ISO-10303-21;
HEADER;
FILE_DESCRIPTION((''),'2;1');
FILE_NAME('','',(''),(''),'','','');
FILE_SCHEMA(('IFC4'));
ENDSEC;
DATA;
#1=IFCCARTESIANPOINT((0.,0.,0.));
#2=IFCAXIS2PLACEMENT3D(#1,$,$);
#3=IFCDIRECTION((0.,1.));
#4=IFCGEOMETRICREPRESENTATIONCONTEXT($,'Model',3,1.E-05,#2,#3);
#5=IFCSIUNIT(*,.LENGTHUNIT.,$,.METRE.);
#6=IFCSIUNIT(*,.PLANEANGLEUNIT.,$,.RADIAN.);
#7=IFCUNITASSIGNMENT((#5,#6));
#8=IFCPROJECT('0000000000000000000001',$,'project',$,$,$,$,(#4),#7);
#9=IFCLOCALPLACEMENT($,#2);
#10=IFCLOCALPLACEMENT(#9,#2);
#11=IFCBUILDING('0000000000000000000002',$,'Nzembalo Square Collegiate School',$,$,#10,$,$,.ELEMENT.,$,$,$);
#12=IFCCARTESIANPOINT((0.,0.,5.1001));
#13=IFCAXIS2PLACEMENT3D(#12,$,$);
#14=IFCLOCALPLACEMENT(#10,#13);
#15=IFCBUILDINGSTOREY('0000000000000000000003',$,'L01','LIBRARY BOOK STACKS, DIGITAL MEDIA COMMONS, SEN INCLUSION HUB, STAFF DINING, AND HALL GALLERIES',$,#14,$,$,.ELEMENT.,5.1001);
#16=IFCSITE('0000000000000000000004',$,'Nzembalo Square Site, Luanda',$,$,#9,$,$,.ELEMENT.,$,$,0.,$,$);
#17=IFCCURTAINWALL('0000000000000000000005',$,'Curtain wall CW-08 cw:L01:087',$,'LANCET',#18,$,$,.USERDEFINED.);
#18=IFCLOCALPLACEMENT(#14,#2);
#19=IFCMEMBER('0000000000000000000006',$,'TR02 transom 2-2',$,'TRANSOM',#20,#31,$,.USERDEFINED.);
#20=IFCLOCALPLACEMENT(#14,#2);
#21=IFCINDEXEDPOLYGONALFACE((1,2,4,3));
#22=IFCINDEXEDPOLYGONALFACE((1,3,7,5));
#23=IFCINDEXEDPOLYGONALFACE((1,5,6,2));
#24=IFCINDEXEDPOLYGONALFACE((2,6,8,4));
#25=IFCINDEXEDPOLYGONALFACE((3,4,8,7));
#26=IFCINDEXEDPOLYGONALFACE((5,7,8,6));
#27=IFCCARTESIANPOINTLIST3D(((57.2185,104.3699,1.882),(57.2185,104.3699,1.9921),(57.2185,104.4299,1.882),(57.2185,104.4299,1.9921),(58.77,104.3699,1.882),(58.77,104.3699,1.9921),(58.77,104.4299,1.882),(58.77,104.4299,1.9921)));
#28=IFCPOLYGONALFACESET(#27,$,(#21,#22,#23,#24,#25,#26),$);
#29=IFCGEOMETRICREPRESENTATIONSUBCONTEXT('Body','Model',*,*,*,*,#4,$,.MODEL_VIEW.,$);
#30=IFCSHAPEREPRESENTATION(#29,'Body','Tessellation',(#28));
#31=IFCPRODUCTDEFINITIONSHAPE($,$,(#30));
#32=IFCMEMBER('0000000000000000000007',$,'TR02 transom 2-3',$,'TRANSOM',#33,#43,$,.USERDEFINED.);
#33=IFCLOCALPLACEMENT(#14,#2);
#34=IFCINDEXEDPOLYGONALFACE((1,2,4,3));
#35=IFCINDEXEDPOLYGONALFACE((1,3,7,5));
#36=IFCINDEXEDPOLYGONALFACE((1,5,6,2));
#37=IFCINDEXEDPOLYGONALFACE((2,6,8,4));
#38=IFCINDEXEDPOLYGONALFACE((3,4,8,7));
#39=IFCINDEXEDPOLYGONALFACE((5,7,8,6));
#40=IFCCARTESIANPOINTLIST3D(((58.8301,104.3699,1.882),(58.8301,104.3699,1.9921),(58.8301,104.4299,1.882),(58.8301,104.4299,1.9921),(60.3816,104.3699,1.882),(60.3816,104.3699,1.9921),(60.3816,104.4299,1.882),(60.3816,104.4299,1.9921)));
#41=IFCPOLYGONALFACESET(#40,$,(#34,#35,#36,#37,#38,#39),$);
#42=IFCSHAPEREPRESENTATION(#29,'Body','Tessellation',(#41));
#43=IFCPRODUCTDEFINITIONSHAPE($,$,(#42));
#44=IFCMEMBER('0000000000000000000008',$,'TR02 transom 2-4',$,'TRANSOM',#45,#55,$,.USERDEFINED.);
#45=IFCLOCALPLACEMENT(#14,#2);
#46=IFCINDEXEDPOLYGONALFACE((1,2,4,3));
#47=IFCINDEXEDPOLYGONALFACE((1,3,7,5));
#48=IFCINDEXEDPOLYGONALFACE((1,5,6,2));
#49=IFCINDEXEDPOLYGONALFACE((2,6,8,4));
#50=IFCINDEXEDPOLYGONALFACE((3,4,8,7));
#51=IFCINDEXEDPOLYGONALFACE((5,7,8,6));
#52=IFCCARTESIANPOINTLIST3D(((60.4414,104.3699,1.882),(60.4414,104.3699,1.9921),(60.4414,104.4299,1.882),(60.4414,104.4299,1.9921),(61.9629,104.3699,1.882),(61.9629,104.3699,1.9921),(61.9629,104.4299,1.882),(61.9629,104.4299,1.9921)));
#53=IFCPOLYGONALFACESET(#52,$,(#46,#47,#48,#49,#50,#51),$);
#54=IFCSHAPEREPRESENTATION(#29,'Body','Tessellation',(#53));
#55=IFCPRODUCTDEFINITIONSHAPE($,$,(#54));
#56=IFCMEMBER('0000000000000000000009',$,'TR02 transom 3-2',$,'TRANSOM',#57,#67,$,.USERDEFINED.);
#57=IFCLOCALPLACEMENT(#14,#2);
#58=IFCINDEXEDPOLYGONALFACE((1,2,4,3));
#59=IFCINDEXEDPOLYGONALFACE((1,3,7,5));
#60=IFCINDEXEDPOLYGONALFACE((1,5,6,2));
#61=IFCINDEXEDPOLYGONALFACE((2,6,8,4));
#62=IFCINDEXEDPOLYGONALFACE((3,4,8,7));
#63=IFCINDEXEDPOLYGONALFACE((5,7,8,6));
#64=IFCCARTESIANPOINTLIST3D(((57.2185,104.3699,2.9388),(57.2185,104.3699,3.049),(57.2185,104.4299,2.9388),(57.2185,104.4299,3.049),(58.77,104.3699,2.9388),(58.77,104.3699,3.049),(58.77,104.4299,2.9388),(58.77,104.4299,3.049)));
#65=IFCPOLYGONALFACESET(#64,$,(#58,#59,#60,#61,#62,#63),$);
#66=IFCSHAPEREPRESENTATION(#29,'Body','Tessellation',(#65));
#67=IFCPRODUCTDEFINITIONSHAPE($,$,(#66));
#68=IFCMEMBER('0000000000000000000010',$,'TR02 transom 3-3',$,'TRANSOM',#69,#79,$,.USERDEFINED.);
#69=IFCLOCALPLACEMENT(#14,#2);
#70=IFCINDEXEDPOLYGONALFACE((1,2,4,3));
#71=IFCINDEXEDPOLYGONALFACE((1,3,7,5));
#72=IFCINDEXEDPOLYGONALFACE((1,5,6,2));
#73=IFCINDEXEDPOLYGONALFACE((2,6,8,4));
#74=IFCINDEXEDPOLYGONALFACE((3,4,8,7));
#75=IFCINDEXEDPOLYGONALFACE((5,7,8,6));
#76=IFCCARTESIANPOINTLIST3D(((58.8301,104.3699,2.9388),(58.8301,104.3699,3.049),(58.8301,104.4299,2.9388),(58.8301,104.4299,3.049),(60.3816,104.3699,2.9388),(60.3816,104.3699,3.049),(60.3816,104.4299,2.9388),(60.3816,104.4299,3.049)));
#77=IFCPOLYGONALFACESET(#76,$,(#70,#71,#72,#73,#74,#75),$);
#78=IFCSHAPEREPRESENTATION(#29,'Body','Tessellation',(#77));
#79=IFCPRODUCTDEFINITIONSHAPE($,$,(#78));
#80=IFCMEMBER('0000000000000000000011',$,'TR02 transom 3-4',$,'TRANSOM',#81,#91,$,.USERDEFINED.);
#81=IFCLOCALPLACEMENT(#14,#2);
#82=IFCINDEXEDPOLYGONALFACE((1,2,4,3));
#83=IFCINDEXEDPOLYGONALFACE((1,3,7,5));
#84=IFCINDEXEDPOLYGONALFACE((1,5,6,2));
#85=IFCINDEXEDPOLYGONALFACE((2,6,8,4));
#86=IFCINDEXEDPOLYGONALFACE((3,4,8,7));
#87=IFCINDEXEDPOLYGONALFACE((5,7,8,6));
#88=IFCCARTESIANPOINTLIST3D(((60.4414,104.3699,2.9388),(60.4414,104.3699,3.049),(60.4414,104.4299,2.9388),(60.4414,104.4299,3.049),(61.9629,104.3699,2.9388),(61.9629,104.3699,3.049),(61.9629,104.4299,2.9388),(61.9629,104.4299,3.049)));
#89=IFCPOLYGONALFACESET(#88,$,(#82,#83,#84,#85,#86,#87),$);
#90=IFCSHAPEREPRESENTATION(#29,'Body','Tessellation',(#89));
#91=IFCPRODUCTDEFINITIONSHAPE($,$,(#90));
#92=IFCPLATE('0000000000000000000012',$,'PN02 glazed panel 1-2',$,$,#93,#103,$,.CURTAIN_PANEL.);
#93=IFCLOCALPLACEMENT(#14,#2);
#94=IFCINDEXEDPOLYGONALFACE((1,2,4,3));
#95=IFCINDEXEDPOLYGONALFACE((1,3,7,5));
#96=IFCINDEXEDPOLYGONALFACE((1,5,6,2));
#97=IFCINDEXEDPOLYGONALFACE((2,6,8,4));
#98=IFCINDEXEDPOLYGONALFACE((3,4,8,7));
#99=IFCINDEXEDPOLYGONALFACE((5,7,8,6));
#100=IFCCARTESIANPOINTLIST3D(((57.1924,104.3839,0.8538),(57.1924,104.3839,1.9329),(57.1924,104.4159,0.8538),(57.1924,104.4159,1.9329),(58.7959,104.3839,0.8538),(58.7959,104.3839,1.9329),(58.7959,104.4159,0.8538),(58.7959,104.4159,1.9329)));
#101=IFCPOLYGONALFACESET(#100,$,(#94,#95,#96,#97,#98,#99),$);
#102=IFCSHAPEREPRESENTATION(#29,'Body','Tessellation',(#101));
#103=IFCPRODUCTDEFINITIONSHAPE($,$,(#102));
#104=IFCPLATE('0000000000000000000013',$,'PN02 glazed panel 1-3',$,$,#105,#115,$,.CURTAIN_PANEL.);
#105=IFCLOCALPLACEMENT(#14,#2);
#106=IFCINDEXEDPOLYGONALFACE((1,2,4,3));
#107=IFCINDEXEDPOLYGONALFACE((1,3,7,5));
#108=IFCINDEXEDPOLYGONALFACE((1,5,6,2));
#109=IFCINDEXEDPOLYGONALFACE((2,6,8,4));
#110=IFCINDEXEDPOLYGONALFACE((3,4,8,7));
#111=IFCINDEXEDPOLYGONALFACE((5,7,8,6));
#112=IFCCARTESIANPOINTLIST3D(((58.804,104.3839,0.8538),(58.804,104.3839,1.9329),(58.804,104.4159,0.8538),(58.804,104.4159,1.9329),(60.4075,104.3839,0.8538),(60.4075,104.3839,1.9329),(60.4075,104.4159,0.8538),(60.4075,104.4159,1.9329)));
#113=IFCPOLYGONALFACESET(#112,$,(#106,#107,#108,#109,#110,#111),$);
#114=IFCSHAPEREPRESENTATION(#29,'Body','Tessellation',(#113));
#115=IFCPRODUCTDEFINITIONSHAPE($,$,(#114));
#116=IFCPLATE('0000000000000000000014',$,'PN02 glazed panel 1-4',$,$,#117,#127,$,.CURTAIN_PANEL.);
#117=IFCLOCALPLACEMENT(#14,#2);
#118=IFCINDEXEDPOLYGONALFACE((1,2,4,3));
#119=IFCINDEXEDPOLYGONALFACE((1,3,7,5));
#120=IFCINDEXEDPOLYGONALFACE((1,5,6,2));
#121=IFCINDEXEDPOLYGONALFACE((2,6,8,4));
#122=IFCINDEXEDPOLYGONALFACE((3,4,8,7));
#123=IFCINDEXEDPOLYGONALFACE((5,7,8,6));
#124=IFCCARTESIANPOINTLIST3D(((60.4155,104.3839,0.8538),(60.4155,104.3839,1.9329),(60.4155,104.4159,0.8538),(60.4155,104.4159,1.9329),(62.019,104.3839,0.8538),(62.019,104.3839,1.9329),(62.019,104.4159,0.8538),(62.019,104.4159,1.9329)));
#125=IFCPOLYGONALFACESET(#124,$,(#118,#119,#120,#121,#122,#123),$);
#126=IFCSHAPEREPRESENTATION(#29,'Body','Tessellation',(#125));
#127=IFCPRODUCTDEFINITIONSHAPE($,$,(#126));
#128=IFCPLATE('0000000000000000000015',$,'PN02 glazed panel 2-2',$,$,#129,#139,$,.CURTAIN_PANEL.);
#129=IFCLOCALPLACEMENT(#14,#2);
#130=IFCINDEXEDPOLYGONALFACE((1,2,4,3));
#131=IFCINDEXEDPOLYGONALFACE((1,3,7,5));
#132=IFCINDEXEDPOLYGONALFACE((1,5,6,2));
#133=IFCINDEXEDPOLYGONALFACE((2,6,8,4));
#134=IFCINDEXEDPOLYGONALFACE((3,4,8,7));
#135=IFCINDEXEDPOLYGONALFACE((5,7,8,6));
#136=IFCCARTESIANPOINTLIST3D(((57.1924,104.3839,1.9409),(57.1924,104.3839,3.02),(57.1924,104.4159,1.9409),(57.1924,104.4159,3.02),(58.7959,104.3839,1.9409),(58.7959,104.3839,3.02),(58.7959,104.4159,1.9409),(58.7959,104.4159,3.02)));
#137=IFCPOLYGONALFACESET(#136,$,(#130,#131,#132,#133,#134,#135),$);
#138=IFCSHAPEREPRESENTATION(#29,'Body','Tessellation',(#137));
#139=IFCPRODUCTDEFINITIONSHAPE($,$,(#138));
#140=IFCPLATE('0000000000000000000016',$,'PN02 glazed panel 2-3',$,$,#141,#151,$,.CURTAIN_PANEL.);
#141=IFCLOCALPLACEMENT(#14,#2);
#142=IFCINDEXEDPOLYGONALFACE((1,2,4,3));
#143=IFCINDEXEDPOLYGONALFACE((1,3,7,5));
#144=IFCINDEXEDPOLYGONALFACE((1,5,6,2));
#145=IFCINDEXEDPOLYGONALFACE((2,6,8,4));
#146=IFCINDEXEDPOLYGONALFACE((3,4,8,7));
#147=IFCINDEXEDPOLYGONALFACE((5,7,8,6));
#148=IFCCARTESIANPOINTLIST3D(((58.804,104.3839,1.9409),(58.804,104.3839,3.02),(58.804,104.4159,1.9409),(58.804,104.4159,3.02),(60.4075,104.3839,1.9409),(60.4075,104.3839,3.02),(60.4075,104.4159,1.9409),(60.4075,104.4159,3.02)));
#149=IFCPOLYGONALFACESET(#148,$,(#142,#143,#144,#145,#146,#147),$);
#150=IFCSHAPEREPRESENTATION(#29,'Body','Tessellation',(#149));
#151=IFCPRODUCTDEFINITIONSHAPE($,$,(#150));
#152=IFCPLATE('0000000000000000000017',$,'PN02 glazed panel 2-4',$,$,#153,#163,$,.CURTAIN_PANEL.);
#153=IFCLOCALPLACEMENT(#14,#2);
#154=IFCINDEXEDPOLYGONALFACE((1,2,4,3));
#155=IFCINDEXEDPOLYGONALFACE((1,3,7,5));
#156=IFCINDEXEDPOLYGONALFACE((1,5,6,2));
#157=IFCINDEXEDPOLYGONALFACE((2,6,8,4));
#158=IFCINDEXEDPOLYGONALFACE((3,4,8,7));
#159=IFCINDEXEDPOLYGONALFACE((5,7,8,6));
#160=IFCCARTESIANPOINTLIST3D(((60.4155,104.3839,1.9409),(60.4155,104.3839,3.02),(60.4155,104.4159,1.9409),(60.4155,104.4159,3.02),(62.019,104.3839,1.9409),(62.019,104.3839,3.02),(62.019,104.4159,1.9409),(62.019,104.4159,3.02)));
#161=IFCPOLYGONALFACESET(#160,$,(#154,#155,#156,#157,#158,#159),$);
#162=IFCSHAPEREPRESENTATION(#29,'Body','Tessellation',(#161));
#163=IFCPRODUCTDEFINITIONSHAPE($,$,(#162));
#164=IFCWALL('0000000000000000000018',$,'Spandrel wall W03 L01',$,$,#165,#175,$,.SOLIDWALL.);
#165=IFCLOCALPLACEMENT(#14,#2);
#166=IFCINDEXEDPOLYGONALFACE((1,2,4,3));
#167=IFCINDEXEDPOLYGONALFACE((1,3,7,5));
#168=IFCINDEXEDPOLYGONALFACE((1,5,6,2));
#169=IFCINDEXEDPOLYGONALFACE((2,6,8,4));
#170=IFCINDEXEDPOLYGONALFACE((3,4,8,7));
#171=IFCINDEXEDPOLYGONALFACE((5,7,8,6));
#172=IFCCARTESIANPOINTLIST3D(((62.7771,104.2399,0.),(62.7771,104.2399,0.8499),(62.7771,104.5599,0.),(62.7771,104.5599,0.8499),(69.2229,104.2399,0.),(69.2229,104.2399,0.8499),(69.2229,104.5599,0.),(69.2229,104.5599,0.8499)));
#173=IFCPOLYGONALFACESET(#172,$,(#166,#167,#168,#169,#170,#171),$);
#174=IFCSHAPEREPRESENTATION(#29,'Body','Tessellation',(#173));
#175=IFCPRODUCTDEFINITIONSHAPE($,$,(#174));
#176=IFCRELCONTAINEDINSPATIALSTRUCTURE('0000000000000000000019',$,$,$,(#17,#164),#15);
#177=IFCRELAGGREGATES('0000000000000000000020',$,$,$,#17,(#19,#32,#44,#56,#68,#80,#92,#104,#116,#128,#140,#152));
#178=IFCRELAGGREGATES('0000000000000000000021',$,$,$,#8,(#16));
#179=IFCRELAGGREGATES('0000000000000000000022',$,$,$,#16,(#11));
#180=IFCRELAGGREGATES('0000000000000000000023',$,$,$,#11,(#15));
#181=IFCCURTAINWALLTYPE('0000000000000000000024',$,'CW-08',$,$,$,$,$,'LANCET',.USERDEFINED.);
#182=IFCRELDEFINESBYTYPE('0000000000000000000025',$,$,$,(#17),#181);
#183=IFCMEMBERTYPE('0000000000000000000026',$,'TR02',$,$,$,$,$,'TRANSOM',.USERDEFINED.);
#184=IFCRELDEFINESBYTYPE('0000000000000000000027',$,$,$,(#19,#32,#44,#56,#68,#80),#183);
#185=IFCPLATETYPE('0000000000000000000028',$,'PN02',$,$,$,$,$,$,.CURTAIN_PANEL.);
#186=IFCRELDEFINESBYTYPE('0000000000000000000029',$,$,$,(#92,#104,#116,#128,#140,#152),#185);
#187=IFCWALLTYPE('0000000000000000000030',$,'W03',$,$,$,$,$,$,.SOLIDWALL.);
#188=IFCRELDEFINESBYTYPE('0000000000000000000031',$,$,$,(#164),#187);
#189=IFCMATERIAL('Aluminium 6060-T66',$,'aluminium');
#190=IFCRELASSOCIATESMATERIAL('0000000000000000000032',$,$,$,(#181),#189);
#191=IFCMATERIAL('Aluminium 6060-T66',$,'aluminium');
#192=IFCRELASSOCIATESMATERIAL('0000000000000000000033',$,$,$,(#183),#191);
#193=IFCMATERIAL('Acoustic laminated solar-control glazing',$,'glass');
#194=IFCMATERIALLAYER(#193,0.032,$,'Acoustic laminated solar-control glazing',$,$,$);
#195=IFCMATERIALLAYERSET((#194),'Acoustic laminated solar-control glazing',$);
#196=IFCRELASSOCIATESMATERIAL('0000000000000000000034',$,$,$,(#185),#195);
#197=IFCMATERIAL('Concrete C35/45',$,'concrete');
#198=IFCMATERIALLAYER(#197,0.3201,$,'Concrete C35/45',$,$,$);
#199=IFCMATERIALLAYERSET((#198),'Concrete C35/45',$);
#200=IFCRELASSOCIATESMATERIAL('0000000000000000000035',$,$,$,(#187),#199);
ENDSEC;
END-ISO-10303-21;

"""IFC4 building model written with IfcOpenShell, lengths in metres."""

from ifc_helpers import new_model, si_unit, direction, frame, frame_2d, origin, origin_2d, place, context, subcontext, project, spatial, rectangle, extrude, material, layer, layer_set, material_profile, profile_set, type_object, element, aggregate, save


model = new_model("IFC4")

# Units and contexts
model_context = context("Model", 3, precision=1e-05, world=origin(), true_north=direction((0.0, 1.0)))
body_context = subcontext(model_context, "Body", "Model", "MODEL_VIEW")
ifc_project = project(units=[si_unit("LENGTHUNIT", "METRE"), si_unit("PLANEANGLEUNIT", "RADIAN")], contexts=[model_context])

# Site, building, storey
site_placement = place(None, origin())
site = spatial("IfcSite", under=ifc_project, at=site_placement, Name="Nzembalo Square Site, Luanda", CompositionType="ELEMENT", RefElevation=0.0)
building_placement = place(site_placement, origin())
building = spatial("IfcBuilding", under=site, at=building_placement, Name="Nzembalo Square Collegiate School", CompositionType="ELEMENT")
storey_placement = place(building_placement, frame((0.0, 0.0, 5.1001)))
storey = spatial("IfcBuildingStorey", under=building, at=storey_placement, Name="L01", Description="LIBRARY BOOK STACKS, DIGITAL MEDIA COMMONS, SEN INCLUSION HUB, STAFF DINING, AND HALL GALLERIES", CompositionType="ELEMENT", Elevation=5.1001)

# Curtain wall
ifc_material_1 = material(Name="Aluminium 6060-T66", Category="aluminium")
curtain_wall_type_1 = type_object("IfcCurtainWallType", Name="CW-08", ElementType="LANCET", PredefinedType="USERDEFINED", material=ifc_material_1)
curtain_wall_1_placement = place(storey_placement, origin())
curtain_wall_1 = element("IfcCurtainWall", 1, at=curtain_wall_1_placement, inside=storey, type_object=curtain_wall_type_1, Name="Curtain wall CW-08 cw:L01:087", ObjectType="LANCET", PredefinedType="USERDEFINED")

# Members
ifc_material_2 = material(Name="Aluminium 6060-T66", Category="aluminium")
ifc_material_profile_1 = material_profile(ifc_material_2, rectangle(XDim=0.0601, YDim=0.1101, at=origin_2d()), Name="ALU T60x110")
ifc_profile_set_1 = profile_set([ifc_material_profile_1], Name="Aluminium 6060-T66")
member_type_1 = type_object("IfcMemberType", Name="TR02", ElementType="TRANSOM", PredefinedType="USERDEFINED", material=ifc_profile_set_1)
member_1_placement = place(storey_placement, frame((57.2185, 104.3999, 1.937), z_axis=(1.0, 0.0, 0.0), x_axis=(0.0, 1.0, 0.0)))
member_1 = element("IfcMember", 2, at=member_1_placement, type_object=member_type_1, Name="TR02 transom 2-2", ObjectType="TRANSOM", PredefinedType="USERDEFINED", context=body_context, shape_type="SweptSolid", body=[
    extrude(rectangle(XDim=0.0601, YDim=0.1101, at=origin_2d()), origin(), (0.0, 0.0, 1.0), 1.5515),
])
member_2_placement = place(storey_placement, frame((58.8301, 104.3999, 1.937), z_axis=(1.0, 0.0, 0.0), x_axis=(0.0, 1.0, 0.0)))
member_2 = element("IfcMember", 3, at=member_2_placement, type_object=member_type_1, Name="TR02 transom 2-3", ObjectType="TRANSOM", PredefinedType="USERDEFINED", context=body_context, shape_type="SweptSolid", body=[
    extrude(rectangle(XDim=0.0601, YDim=0.1101, at=origin_2d()), origin(), (0.0, 0.0, 1.0), 1.5515),
])
member_3_placement = place(storey_placement, frame((60.4414, 104.3999, 1.937), z_axis=(1.0, 0.0, 0.0), x_axis=(0.0, 1.0, 0.0)))
member_3 = element("IfcMember", 4, at=member_3_placement, type_object=member_type_1, Name="TR02 transom 2-4", ObjectType="TRANSOM", PredefinedType="USERDEFINED", context=body_context, shape_type="SweptSolid", body=[
    extrude(rectangle(XDim=0.0601, YDim=0.1101, at=origin_2d()), origin(), (0.0, 0.0, 1.0), 1.5215),
])
member_4_placement = place(storey_placement, frame((57.2185, 104.3999, 2.9939), z_axis=(1.0, 0.0, 0.0), x_axis=(0.0, 1.0, 0.0)))
member_4 = element("IfcMember", 5, at=member_4_placement, type_object=member_type_1, Name="TR02 transom 3-2", ObjectType="TRANSOM", PredefinedType="USERDEFINED", context=body_context, shape_type="SweptSolid", body=[
    extrude(rectangle(XDim=0.0601, YDim=0.1101, at=origin_2d()), origin(), (0.0, 0.0, 1.0), 1.5515),
])
member_5_placement = place(storey_placement, frame((58.8301, 104.3999, 2.9939), z_axis=(1.0, 0.0, 0.0), x_axis=(0.0, 1.0, 0.0)))
member_5 = element("IfcMember", 6, at=member_5_placement, type_object=member_type_1, Name="TR02 transom 3-3", ObjectType="TRANSOM", PredefinedType="USERDEFINED", context=body_context, shape_type="SweptSolid", body=[
    extrude(rectangle(XDim=0.0601, YDim=0.1101, at=origin_2d()), origin(), (0.0, 0.0, 1.0), 1.5515),
])
member_6_placement = place(storey_placement, frame((60.4414, 104.3999, 2.9939), z_axis=(1.0, 0.0, 0.0), x_axis=(0.0, 1.0, 0.0)))
member_6 = element("IfcMember", 7, at=member_6_placement, type_object=member_type_1, Name="TR02 transom 3-4", ObjectType="TRANSOM", PredefinedType="USERDEFINED", context=body_context, shape_type="SweptSolid", body=[
    extrude(rectangle(XDim=0.0601, YDim=0.1101, at=origin_2d()), origin(), (0.0, 0.0, 1.0), 1.5215),
])

# Plates
ifc_material_3 = material(Name="Acoustic laminated solar-control glazing", Category="glass")
ifc_layer_1 = layer(ifc_material_3, 0.032, Name="Acoustic laminated solar-control glazing")
ifc_layer_set_1 = layer_set([ifc_layer_1], Name="Acoustic laminated solar-control glazing")
plate_type = type_object("IfcPlateType", Name="PN02", PredefinedType="CURTAIN_PANEL", material=ifc_layer_set_1)
plate_1_placement = place(storey_placement, frame((57.9941, 104.3999, 0.8538), z_axis=(0.0, 0.0, 1.0), x_axis=(1.0, 0.0, 0.0)))
plate_1 = element("IfcPlate", 8, at=plate_1_placement, type_object=plate_type, Name="PN02 glazed panel 1-2", PredefinedType="CURTAIN_PANEL", context=body_context, shape_type="SweptSolid", body=[
    extrude(rectangle(XDim=1.6035, YDim=0.032, at=origin_2d()), origin(), (0.0, 0.0, 1.0), 1.0791),
])
plate_2_placement = place(storey_placement, frame((59.6057, 104.3999, 0.8538), z_axis=(0.0, 0.0, 1.0), x_axis=(1.0, 0.0, 0.0)))
plate_2 = element("IfcPlate", 9, at=plate_2_placement, type_object=plate_type, Name="PN02 glazed panel 1-3", PredefinedType="CURTAIN_PANEL", context=body_context, shape_type="SweptSolid", body=[
    extrude(rectangle(XDim=1.6035, YDim=0.032, at=origin_2d()), origin(), (0.0, 0.0, 1.0), 1.0791),
])
plate_3_placement = place(storey_placement, frame((61.2173, 104.3999, 0.8538), z_axis=(0.0, 0.0, 1.0), x_axis=(1.0, 0.0, 0.0)))
plate_3 = element("IfcPlate", 10, at=plate_3_placement, type_object=plate_type, Name="PN02 glazed panel 1-4", PredefinedType="CURTAIN_PANEL", context=body_context, shape_type="SweptSolid", body=[
    extrude(rectangle(XDim=1.6035, YDim=0.032, at=origin_2d()), origin(), (0.0, 0.0, 1.0), 1.0791),
])
plate_4_placement = place(storey_placement, frame((57.9941, 104.3999, 1.9409), z_axis=(0.0, 0.0, 1.0), x_axis=(1.0, 0.0, 0.0)))
plate_4 = element("IfcPlate", 11, at=plate_4_placement, type_object=plate_type, Name="PN02 glazed panel 2-2", PredefinedType="CURTAIN_PANEL", context=body_context, shape_type="SweptSolid", body=[
    extrude(rectangle(XDim=1.6035, YDim=0.032, at=origin_2d()), origin(), (0.0, 0.0, 1.0), 1.0791),
])
plate_5_placement = place(storey_placement, frame((59.6057, 104.3999, 1.9409), z_axis=(0.0, 0.0, 1.0), x_axis=(1.0, 0.0, 0.0)))
plate_5 = element("IfcPlate", 12, at=plate_5_placement, type_object=plate_type, Name="PN02 glazed panel 2-3", PredefinedType="CURTAIN_PANEL", context=body_context, shape_type="SweptSolid", body=[
    extrude(rectangle(XDim=1.6035, YDim=0.032, at=origin_2d()), origin(), (0.0, 0.0, 1.0), 1.0791),
])
plate_6_placement = place(storey_placement, frame((61.2173, 104.3999, 1.9409), z_axis=(0.0, 0.0, 1.0), x_axis=(1.0, 0.0, 0.0)))
plate_6 = element("IfcPlate", 13, at=plate_6_placement, type_object=plate_type, Name="PN02 glazed panel 2-4", PredefinedType="CURTAIN_PANEL", context=body_context, shape_type="SweptSolid", body=[
    extrude(rectangle(XDim=1.6035, YDim=0.032, at=origin_2d()), origin(), (0.0, 0.0, 1.0), 1.0791),
])
aggregate(curtain_wall_1, [member_1, member_2, member_3, member_4, member_5, member_6, plate_1, plate_2, plate_3, plate_4, plate_5, plate_6])

# Wall
ifc_material_4 = material(Name="Concrete C35/45", Category="concrete")
ifc_layer_2 = layer(ifc_material_4, 0.3201, Name="Concrete C35/45")
ifc_layer_set_2 = layer_set([ifc_layer_2], Name="Concrete C35/45")
wall_type = type_object("IfcWallType", Name="W03", PredefinedType="SOLIDWALL", material=ifc_layer_set_2)
wall_placement = place(storey_placement, frame((62.7771, 104.3999, 0.0), z_axis=(0.0, 0.0, 1.0), x_axis=(1.0, 0.0, 0.0)))
element("IfcWall", 14, at=wall_placement, inside=storey, type_object=wall_type, Name="Spandrel wall W03 L01", PredefinedType="SOLIDWALL", context=body_context, shape_type="SweptSolid", body=[
    extrude(rectangle(XDim=6.4458, YDim=0.3201, at=frame_2d((3.2229, 0.0))), origin(), (0.0, 0.0, 1.0), 0.8499),
])

save(model, "model.ifc")
